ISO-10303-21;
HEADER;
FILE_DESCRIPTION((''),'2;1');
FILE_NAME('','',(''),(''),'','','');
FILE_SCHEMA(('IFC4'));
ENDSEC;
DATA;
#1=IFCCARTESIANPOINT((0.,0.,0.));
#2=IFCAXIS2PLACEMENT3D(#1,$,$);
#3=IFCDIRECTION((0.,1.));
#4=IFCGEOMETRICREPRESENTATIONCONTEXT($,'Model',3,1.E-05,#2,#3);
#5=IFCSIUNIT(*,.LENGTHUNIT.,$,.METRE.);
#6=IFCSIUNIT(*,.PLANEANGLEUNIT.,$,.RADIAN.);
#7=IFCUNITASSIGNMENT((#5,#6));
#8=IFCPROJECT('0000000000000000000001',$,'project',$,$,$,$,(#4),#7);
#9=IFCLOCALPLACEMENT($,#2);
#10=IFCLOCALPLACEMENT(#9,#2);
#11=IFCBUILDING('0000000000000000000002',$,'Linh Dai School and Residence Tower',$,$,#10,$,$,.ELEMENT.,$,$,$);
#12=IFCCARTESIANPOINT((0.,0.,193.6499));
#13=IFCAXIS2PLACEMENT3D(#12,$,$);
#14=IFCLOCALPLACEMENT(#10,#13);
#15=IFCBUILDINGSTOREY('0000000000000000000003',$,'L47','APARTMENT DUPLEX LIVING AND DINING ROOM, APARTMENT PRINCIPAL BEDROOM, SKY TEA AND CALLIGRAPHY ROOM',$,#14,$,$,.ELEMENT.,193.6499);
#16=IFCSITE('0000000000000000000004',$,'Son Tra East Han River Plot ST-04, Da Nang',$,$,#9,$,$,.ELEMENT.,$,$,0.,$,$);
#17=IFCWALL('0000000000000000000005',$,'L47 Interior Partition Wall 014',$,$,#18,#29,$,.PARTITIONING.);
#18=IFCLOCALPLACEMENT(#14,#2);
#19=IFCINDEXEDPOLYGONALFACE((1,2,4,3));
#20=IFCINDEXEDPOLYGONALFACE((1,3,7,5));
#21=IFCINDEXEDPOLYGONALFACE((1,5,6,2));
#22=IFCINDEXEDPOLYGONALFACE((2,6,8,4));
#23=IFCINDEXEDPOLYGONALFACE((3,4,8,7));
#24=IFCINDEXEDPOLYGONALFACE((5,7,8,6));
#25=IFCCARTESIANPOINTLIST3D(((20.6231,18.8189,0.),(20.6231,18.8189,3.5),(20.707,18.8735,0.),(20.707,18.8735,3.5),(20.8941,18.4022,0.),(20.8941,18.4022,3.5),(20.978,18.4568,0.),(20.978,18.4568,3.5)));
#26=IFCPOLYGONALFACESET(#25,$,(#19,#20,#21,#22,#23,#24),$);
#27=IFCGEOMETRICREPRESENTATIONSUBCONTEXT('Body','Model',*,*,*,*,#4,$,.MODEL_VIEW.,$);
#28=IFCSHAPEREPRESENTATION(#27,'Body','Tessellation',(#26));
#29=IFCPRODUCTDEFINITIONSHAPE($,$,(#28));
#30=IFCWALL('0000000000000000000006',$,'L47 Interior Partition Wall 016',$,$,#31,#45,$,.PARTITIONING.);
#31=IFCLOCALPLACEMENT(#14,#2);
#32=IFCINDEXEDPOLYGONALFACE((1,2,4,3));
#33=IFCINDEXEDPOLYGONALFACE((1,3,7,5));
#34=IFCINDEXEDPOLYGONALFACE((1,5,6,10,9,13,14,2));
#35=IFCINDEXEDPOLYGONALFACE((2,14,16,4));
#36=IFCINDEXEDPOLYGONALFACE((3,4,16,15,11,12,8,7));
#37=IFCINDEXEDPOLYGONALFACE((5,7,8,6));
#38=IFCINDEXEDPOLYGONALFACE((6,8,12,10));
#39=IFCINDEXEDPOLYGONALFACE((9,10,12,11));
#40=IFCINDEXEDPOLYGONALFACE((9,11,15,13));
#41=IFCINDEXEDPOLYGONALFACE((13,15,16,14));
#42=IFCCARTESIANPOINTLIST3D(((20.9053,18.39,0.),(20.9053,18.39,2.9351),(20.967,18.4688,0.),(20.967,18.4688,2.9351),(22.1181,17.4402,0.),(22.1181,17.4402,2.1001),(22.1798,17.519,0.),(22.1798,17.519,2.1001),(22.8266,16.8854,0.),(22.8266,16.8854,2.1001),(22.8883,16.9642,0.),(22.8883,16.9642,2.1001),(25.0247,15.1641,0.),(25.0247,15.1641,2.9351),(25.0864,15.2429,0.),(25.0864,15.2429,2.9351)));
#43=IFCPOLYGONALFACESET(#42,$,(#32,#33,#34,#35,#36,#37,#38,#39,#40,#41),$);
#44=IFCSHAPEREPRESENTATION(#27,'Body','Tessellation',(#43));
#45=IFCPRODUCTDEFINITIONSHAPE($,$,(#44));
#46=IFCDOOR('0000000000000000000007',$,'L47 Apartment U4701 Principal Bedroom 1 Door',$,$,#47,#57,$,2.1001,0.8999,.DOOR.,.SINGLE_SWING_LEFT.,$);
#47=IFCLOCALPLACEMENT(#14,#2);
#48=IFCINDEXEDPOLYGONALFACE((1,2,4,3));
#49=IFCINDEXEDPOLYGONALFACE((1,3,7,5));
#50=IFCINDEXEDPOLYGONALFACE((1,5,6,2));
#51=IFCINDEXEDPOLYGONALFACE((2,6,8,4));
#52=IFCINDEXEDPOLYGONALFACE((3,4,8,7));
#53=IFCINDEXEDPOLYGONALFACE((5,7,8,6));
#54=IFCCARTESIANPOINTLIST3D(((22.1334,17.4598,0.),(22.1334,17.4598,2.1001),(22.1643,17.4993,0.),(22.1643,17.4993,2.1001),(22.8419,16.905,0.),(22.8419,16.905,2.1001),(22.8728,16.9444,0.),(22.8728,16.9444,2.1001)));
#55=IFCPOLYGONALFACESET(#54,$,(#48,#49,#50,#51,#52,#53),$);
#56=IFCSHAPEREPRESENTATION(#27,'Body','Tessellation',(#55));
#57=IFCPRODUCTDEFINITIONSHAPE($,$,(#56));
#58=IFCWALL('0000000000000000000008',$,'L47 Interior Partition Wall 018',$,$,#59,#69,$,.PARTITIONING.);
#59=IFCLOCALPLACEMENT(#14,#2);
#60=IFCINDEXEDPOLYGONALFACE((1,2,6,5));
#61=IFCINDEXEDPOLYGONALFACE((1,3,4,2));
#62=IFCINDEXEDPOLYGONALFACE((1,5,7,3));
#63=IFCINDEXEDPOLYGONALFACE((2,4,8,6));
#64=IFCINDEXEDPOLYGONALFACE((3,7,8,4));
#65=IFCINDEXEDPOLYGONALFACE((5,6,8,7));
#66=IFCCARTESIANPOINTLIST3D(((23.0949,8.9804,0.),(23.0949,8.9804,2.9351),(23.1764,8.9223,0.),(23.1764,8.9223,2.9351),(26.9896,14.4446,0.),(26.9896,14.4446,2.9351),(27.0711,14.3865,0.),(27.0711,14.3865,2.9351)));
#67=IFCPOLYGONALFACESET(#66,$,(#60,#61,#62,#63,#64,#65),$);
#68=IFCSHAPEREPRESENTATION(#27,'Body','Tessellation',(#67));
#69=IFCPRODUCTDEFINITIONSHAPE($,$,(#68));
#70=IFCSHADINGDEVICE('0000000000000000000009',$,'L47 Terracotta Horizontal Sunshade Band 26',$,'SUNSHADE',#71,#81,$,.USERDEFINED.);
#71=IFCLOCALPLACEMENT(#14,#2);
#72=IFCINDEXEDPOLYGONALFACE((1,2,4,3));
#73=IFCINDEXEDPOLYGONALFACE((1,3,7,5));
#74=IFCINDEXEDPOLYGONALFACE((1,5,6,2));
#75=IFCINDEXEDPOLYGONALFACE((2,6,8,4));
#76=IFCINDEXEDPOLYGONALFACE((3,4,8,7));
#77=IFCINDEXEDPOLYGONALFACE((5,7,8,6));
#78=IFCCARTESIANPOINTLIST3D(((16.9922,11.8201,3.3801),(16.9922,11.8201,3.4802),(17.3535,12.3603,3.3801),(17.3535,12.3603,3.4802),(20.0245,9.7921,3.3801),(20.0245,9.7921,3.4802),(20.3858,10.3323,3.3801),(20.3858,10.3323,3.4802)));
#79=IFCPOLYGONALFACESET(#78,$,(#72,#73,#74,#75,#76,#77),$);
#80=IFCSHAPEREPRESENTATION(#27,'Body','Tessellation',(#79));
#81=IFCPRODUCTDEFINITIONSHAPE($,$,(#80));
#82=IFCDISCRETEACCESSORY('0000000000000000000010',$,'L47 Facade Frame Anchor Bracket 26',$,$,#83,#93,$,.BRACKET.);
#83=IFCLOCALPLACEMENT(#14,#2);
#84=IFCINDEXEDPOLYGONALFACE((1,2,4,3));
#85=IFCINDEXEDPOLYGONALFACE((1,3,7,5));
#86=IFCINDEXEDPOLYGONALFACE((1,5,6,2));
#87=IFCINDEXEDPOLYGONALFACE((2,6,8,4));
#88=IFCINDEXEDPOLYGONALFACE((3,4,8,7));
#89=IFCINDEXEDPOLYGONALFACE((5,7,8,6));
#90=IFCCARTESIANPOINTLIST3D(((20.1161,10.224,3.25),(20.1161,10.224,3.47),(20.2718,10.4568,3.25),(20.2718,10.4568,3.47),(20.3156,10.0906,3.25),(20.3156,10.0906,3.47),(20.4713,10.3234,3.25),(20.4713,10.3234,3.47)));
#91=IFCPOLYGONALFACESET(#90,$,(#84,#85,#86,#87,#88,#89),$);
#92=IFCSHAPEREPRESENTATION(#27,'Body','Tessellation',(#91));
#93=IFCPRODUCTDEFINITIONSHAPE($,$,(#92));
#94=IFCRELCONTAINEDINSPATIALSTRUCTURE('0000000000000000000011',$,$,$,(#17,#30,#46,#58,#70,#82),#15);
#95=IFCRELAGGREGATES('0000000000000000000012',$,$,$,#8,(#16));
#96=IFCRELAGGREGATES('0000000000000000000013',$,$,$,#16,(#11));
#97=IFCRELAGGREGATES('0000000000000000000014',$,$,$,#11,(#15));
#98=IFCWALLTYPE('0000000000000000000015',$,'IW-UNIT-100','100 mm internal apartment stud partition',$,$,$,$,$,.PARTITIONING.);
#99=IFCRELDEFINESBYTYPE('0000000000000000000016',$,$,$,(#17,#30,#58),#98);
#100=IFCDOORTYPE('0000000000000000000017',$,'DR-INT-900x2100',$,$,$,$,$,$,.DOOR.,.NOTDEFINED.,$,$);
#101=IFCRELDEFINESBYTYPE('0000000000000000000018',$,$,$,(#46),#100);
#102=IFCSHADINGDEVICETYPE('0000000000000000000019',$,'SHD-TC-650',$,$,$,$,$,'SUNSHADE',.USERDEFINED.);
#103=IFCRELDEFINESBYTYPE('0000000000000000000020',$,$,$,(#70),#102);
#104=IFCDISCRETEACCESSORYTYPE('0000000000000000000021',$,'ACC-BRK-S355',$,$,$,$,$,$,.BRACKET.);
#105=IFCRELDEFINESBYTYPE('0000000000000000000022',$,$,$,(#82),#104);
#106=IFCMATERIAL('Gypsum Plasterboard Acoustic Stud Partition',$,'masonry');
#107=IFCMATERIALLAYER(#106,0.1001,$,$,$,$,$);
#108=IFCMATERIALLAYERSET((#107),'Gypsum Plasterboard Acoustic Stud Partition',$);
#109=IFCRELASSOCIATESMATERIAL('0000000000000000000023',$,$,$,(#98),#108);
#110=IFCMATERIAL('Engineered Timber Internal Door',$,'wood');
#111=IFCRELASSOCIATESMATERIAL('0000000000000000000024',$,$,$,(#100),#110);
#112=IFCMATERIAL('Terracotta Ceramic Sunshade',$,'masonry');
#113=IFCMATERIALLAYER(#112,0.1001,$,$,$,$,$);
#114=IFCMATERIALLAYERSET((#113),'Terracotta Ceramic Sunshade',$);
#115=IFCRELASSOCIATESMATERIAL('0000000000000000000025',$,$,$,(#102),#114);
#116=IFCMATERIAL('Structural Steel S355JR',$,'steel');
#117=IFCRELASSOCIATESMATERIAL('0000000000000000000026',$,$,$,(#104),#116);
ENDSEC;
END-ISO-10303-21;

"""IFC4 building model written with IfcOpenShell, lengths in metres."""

from ifc_helpers import new_model, si_unit, direction, frame, frame_2d, origin, origin_2d, place, context, subcontext, project, spatial, rectangle, extrude, source, transform, mapped, material, layer, layer_set, type_object, element, fill, save


model = new_model("IFC4")

# Units and contexts
model_context = context("Model", 3, precision=1e-05, world=origin(), true_north=direction((0.0, 1.0)))
body_context = subcontext(model_context, "Body", "Model", "MODEL_VIEW")
ifc_project = project(units=[si_unit("LENGTHUNIT", "METRE"), si_unit("PLANEANGLEUNIT", "RADIAN")], contexts=[model_context])

# Site, building, storey
site_placement = place(None, origin())
site = spatial("IfcSite", under=ifc_project, at=site_placement, Name="Son Tra East Han River Plot ST-04, Da Nang", CompositionType="ELEMENT", RefElevation=0.0)
building_placement = place(site_placement, origin())
building = spatial("IfcBuilding", under=site, at=building_placement, Name="Linh Dai School and Residence Tower", CompositionType="ELEMENT")
storey_placement = place(building_placement, frame((0.0, 0.0, 193.6499)))
storey = spatial("IfcBuildingStorey", under=building, at=storey_placement, Name="L47", Description="APARTMENT DUPLEX LIVING AND DINING ROOM, APARTMENT PRINCIPAL BEDROOM, SKY TEA AND CALLIGRAPHY ROOM", CompositionType="ELEMENT", Elevation=193.6499)

# Shared definitions
ifc_material_1 = material(Name="Structural Steel S355JR", Category="steel")

# Wall
ifc_material_2 = material(Name="Gypsum Plasterboard Acoustic Stud Partition", Category="masonry")
ifc_layer_1 = layer(ifc_material_2, 0.1001)
ifc_layer_set_1 = layer_set([ifc_layer_1], Name="Gypsum Plasterboard Acoustic Stud Partition")
wall_type_1 = type_object("IfcWallType", Name="IW-UNIT-100", Description="100 mm internal apartment stud partition", PredefinedType="PARTITIONING", material=ifc_layer_set_1)
wall_1_placement = place(storey_placement, frame((20.665, 18.8462, 0.0), z_axis=(0.0, 0.0, 1.0), x_axis=(0.545144, -0.838343, 0.0)))
element("IfcWall", 1, at=wall_1_placement, inside=storey, type_object=wall_type_1, Name="L47 Interior Partition Wall 014", PredefinedType="PARTITIONING", context=body_context, shape_type="SweptSolid", body=[
    extrude(rectangle(XDim=0.4971, YDim=0.1001, at=frame_2d((0.2485, 0.0))), origin(), (0.0, 0.0, 1.0), 3.5),
])

# Wall, opening, door
wall_2_placement = place(storey_placement, frame((20.936, 18.4294, 0.0), z_axis=(0.0, 0.0, 1.0), x_axis=(0.787323, -0.616541, 0.0)))
wall_2 = element("IfcWall", 2, at=wall_2_placement, inside=storey, type_object=wall_type_1, Name="L47 Interior Partition Wall 016", PredefinedType="PARTITIONING", context=body_context, shape_type="SweptSolid", body=[
    extrude(rectangle(XDim=5.2322, YDim=0.1001, at=frame_2d((2.6162, 0.0))), origin(), (0.0, 0.0, 1.0), 2.9351),
])
opening_1_placement = place(wall_2_placement, frame((1.5405, 0.0, 0.0)))
opening_1 = element("IfcOpeningElement", 3, at=opening_1_placement, cuts=wall_2, PredefinedType="OPENING", context=body_context, shape_type="SweptSolid", body=[
    extrude(rectangle(XDim=0.8999, YDim=2.1001, at=origin_2d()), frame((0.45, 0.0601, 1.05), z_axis=(0.0, -1.0, 0.0), x_axis=(1.0, 0.0, 0.0)), (0.0, 0.0, 1.0), 0.1201),
])
ifc_material_3 = material(Name="Engineered Timber Internal Door", Category="wood")
door_type_1 = type_object("IfcDoorType", Name="DR-INT-900x2100", OperationType="NOTDEFINED", PredefinedType="DOOR", material=ifc_material_3)
shared_shape_1 = source(origin(), body_context, "Body", "SweptSolid", [
    extrude(rectangle(XDim=0.8999, YDim=2.1001, at=origin_2d()), frame((0.45, 0.0249, 1.05), z_axis=(0.0, -1.0, 0.0), x_axis=(1.0, 0.0, 0.0)), (0.0, 0.0, 1.0), 0.05),
])
door_1_placement = place(opening_1_placement, origin())
door_1 = element("IfcDoor", 4, at=door_1_placement, inside=storey, type_object=door_type_1, Name="L47 Apartment U4701 Principal Bedroom 1 Door", OperationType="SINGLE_SWING_LEFT", OverallHeight=2.1001, OverallWidth=0.8999, PredefinedType="DOOR", context=body_context, shape_type="MappedRepresentation", body=[
    mapped(shared_shape_1, transform((0.0, 0.0, 0.0), x_axis=(1.0, 0.0, 0.0), y_axis=(0.0, 1.0, 0.0), z_axis=(0.0, 0.0, 1.0), scale=1.0)),
])
fill(opening_1, door_1)

# Wall
wall_3_placement = place(storey_placement, frame((23.1357, 8.9514, 0.0), z_axis=(0.0, 0.0, 1.0), x_axis=(0.580415, 0.814321, 0.0)))
element("IfcWall", 5, at=wall_3_placement, inside=storey, type_object=wall_type_1, Name="L47 Interior Partition Wall 018", PredefinedType="PARTITIONING", context=body_context, shape_type="SweptSolid", body=[
    extrude(rectangle(XDim=6.7102, YDim=0.1001, at=frame_2d((3.355, 0.0))), origin(), (0.0, 0.0, 1.0), 2.9351),
])

# Shading device
ifc_material_4 = material(Name="Terracotta Ceramic Sunshade", Category="masonry")
ifc_layer_2 = layer(ifc_material_4, 0.1001)
ifc_layer_set_2 = layer_set([ifc_layer_2], Name="Terracotta Ceramic Sunshade")
shading_device_type = type_object("IfcShadingDeviceType", Name="SHD-TC-650", ElementType="SUNSHADE", PredefinedType="USERDEFINED", material=ifc_layer_set_2)
shared_shape_2 = source(origin(), body_context, "Body", "SweptSolid", [
    extrude(rectangle(XDim=3.6479, YDim=0.6499, at=origin_2d()), origin(), (0.0, 0.0, 1.0), 0.1001),
])
shading_device_placement = place(storey_placement, frame((18.689, 11.0762, 3.3801), z_axis=(0.0, 0.0, 1.0), x_axis=(-0.831228, 0.555931, 0.0)))
element("IfcShadingDevice", 6, at=shading_device_placement, inside=storey, type_object=shading_device_type, Name="L47 Terracotta Horizontal Sunshade Band 26", ObjectType="SUNSHADE", PredefinedType="USERDEFINED", context=body_context, shape_type="MappedRepresentation", body=[
    mapped(shared_shape_2, transform((0.0, 0.0, 0.0), x_axis=(1.0, 0.0, 0.0), y_axis=(0.0, 1.0, 0.0), z_axis=(0.0, 0.0, 1.0), scale=1.0)),
])

# Discrete accessory
discrete_accessory_type = type_object("IfcDiscreteAccessoryType", Name="ACC-BRK-S355", PredefinedType="BRACKET", material=ifc_material_1)
shared_shape_3 = source(origin(), body_context, "Body", "SweptSolid", [
    extrude(rectangle(XDim=0.28, YDim=0.24, at=origin_2d()), origin(), (0.0, 0.0, 1.0), 0.22),
])
discrete_accessory_placement = place(storey_placement, frame((20.2937, 10.2737, 3.25), z_axis=(0.0, 0.0, 1.0), x_axis=(-0.555931, -0.831228, 0.0)))
element("IfcDiscreteAccessory", 7, at=discrete_accessory_placement, inside=storey, type_object=discrete_accessory_type, Name="L47 Facade Frame Anchor Bracket 26", PredefinedType="BRACKET", context=body_context, shape_type="MappedRepresentation", body=[
    mapped(shared_shape_3, transform((0.0, 0.0, 0.0), x_axis=(1.0, 0.0, 0.0), y_axis=(0.0, 1.0, 0.0), z_axis=(0.0, 0.0, 1.0), scale=1.0)),
])

save(model, "model.ifc")
